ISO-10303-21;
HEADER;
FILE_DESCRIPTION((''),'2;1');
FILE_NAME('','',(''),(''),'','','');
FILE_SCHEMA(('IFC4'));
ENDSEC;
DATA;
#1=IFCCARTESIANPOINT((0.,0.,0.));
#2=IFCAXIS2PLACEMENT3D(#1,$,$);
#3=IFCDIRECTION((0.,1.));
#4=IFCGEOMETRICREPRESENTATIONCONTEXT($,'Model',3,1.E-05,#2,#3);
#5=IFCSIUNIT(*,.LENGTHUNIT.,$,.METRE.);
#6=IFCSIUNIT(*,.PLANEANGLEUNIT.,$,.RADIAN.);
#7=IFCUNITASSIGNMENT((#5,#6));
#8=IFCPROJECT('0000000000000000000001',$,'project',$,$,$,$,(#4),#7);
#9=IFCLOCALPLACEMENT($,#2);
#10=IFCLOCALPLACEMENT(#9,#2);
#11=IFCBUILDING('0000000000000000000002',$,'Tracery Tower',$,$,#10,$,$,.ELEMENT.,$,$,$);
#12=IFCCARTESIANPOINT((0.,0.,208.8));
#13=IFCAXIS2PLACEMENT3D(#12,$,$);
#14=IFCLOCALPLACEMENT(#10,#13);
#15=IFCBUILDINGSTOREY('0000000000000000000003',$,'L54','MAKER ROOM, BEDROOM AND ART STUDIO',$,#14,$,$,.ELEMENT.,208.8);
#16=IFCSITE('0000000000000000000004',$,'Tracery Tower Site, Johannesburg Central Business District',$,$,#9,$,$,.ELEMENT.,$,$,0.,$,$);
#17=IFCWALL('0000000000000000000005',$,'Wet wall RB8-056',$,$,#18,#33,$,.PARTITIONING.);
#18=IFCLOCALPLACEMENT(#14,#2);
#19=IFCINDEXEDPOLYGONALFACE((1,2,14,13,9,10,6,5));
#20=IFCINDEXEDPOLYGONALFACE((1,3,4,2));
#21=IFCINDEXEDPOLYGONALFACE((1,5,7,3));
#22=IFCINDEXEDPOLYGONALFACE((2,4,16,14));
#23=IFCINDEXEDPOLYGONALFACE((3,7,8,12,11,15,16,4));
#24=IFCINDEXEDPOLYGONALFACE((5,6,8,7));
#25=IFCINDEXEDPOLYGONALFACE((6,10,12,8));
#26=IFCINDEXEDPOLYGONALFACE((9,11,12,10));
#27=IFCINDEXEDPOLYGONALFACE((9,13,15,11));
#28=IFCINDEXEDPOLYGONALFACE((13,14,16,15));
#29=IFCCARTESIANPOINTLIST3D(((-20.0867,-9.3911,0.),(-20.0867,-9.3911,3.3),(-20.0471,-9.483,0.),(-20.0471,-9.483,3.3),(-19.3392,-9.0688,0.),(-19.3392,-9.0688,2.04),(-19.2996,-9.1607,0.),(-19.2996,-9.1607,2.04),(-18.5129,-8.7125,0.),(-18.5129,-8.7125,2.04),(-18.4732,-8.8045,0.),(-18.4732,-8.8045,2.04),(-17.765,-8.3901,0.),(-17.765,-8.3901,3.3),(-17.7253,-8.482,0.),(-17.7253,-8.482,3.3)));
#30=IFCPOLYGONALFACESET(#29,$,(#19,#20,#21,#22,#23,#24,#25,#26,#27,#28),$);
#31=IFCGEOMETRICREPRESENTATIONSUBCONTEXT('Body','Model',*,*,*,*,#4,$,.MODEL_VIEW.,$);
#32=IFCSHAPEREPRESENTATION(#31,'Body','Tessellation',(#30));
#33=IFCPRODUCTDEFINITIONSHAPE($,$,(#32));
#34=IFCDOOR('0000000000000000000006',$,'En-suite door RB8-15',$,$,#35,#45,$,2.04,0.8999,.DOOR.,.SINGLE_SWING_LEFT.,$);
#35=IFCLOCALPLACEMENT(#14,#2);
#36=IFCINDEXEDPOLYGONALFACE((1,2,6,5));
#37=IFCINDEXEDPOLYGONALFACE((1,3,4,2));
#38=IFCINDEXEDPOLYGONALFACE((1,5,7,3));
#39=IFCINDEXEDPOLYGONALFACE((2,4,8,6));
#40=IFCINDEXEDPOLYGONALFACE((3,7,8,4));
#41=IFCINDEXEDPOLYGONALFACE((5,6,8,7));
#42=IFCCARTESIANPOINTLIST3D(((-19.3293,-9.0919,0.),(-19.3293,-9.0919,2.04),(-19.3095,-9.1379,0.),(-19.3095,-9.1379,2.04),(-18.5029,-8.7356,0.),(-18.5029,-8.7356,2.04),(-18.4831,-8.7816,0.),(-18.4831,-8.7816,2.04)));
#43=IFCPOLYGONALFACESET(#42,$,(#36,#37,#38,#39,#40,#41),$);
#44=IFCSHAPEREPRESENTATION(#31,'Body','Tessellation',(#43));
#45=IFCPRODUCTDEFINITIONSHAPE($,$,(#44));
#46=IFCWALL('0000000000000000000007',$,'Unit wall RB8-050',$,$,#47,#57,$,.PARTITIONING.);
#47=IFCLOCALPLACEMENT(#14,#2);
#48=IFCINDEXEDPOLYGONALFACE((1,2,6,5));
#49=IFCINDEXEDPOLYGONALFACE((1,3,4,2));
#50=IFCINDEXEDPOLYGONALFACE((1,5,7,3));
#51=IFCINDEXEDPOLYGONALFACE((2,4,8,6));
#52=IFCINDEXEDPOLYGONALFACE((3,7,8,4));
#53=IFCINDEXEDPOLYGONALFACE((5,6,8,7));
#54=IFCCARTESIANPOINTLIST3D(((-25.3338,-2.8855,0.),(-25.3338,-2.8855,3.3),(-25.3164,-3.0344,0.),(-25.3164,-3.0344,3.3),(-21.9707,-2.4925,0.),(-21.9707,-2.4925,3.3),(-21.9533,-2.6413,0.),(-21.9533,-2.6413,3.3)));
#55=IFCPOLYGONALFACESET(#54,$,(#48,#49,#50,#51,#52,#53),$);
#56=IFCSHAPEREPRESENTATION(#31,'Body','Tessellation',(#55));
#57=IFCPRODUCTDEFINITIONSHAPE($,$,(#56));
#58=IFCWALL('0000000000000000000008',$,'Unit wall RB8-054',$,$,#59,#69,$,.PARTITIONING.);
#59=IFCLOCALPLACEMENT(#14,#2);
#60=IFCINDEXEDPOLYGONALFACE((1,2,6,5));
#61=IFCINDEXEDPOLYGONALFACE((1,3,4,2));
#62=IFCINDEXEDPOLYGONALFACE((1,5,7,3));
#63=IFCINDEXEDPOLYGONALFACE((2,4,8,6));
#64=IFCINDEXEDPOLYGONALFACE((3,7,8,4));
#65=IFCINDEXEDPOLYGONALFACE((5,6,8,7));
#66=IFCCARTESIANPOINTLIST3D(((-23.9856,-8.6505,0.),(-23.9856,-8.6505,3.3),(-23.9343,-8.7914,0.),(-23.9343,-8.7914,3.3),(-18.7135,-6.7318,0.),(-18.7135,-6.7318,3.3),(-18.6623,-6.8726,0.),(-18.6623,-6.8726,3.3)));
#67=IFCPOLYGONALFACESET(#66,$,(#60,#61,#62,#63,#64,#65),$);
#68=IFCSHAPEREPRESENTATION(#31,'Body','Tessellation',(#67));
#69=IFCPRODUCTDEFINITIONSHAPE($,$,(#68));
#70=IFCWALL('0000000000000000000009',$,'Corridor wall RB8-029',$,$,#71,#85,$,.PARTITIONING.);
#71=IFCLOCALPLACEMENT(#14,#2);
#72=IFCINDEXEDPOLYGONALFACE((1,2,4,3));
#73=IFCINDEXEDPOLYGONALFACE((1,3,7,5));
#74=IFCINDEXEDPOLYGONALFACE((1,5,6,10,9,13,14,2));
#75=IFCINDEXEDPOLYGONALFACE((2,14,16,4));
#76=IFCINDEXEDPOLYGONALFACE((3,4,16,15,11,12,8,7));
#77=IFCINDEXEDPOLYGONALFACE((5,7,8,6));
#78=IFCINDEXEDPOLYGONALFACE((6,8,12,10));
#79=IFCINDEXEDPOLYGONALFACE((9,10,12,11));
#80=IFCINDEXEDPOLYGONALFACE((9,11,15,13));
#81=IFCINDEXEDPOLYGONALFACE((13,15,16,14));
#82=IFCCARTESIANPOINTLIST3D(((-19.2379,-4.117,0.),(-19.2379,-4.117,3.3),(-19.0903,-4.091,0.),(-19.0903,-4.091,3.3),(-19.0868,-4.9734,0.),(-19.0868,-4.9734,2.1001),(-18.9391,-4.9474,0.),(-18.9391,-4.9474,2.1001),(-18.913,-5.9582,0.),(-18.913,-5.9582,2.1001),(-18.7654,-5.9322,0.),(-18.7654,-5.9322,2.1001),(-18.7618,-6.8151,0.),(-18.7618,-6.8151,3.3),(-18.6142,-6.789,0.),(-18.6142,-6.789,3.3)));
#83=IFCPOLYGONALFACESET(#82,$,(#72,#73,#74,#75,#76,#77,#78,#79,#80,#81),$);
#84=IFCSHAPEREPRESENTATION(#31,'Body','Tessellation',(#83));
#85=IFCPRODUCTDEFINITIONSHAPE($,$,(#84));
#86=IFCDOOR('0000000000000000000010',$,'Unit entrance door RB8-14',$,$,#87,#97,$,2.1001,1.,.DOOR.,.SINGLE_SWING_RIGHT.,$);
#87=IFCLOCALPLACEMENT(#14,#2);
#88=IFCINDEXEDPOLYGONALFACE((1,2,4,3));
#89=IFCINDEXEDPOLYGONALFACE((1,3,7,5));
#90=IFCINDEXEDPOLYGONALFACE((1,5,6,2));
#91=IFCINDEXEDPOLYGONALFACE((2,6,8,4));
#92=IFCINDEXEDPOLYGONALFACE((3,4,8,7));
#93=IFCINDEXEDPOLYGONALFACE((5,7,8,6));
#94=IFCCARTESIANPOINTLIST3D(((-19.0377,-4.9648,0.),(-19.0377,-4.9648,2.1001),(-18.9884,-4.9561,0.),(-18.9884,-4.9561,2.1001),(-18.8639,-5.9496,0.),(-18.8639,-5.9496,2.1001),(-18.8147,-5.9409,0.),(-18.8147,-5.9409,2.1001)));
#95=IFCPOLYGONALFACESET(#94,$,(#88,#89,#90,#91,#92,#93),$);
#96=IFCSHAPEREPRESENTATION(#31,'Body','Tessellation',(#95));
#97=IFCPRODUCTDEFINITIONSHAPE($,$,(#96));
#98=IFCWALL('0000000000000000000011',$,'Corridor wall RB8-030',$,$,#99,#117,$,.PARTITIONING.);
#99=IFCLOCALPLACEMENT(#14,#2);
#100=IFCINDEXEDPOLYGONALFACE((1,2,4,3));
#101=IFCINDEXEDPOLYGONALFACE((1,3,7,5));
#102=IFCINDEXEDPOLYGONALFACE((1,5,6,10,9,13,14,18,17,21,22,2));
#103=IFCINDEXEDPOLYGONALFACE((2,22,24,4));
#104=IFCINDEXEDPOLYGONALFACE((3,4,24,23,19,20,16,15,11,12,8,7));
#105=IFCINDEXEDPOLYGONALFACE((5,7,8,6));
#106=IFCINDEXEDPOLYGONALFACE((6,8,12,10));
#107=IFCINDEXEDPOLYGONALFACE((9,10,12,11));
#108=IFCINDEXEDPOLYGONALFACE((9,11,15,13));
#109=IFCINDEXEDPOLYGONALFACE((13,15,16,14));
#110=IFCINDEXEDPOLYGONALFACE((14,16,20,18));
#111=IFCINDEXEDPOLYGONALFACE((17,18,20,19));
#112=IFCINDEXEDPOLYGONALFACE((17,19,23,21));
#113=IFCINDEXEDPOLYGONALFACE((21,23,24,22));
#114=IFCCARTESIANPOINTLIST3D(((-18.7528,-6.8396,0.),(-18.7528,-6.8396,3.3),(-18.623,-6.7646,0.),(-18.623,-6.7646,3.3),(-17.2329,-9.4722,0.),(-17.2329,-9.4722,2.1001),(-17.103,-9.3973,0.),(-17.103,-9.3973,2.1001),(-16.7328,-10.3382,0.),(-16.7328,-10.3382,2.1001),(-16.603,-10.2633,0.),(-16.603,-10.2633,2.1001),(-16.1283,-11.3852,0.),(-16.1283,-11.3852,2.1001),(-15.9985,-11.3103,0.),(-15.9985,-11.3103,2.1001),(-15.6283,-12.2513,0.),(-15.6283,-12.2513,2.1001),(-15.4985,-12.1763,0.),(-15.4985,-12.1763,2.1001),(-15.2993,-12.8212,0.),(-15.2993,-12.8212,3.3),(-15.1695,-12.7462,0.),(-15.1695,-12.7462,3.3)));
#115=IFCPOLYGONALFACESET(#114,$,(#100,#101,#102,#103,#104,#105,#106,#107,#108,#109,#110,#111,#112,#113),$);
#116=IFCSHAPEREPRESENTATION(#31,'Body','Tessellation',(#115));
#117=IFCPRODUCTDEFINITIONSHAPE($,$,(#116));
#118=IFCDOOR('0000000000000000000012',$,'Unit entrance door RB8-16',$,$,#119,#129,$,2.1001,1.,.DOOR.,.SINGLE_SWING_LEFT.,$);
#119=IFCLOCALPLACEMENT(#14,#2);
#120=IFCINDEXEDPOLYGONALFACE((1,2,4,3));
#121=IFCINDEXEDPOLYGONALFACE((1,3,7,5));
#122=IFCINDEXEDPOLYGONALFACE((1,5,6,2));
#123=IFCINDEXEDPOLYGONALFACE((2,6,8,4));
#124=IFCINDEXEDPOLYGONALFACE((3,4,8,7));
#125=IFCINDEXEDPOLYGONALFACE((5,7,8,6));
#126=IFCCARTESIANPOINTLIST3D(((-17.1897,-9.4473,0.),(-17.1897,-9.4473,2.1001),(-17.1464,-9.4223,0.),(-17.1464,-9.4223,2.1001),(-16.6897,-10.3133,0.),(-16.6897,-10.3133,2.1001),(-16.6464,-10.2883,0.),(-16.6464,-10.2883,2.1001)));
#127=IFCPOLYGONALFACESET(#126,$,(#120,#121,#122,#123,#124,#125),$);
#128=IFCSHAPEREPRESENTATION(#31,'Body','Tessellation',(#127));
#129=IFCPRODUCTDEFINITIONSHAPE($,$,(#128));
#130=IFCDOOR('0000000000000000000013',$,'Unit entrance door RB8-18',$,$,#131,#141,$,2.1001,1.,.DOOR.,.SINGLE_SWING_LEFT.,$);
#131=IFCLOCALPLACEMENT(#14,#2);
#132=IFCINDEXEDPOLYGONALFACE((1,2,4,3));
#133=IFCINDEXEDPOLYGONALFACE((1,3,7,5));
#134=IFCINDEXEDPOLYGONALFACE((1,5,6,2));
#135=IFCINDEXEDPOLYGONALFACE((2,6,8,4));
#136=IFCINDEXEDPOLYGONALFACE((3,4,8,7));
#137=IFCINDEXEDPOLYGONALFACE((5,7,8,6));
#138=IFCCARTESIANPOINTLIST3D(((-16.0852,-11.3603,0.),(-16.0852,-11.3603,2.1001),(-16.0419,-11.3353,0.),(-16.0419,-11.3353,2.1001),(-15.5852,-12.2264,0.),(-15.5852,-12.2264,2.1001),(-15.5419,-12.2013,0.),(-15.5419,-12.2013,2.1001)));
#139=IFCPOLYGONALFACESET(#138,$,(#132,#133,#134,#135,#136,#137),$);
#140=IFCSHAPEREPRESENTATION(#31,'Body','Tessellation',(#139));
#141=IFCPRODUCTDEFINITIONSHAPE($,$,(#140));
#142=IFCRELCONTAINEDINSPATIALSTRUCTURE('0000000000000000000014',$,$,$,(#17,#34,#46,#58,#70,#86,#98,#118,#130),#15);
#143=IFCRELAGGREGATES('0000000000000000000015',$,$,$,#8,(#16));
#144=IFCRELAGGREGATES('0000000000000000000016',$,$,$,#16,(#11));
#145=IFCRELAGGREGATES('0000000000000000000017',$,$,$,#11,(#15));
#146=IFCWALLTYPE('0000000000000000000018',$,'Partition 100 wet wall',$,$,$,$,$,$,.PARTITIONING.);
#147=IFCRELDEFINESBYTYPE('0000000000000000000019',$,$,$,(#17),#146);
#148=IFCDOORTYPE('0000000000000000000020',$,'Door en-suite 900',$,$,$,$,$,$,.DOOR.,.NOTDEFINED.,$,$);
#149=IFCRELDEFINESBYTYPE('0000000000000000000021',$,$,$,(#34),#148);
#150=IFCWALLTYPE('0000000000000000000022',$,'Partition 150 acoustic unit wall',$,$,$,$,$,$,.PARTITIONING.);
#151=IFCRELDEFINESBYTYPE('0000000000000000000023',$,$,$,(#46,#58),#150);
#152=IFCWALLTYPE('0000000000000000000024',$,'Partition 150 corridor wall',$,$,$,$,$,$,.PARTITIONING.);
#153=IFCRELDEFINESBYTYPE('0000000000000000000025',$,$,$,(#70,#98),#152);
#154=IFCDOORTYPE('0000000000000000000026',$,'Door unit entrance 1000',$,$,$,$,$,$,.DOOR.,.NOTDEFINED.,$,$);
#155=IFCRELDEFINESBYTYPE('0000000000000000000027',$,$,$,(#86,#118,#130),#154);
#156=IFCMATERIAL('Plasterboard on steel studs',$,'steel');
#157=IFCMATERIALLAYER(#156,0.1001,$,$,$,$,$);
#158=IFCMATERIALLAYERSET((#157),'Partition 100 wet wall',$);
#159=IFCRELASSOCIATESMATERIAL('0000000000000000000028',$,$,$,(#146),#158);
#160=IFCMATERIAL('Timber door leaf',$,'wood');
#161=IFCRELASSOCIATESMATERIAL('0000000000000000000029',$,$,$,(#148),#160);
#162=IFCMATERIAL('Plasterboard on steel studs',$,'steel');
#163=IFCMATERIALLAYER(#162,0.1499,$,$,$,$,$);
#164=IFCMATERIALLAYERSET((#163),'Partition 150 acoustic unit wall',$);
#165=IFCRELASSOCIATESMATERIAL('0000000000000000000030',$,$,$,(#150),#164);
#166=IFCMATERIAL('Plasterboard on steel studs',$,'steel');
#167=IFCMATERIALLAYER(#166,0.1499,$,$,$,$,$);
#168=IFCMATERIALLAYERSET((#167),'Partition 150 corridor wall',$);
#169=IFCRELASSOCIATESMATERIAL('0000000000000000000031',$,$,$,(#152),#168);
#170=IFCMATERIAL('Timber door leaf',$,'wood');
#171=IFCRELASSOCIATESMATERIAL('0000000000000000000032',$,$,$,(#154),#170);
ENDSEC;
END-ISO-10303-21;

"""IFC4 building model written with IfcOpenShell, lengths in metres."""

from ifc_helpers import new_model, si_unit, direction, frame, frame_2d, origin, place, context, subcontext, project, spatial, rectangle, extrude, material, layer, layer_set, type_object, element, fill, save


model = new_model("IFC4")

# Units and contexts
model_context = context("Model", 3, precision=1e-05, world=origin(), true_north=direction((0.0, 1.0)))
body_context = subcontext(model_context, "Body", "Model", "MODEL_VIEW")
ifc_project = project(units=[si_unit("LENGTHUNIT", "METRE"), si_unit("PLANEANGLEUNIT", "RADIAN")], contexts=[model_context])

# Site, building, storey
site_placement = place(None, origin())
site = spatial("IfcSite", under=ifc_project, at=site_placement, Name="Tracery Tower Site, Johannesburg Central Business District", CompositionType="ELEMENT", RefElevation=0.0)
building_placement = place(site_placement, origin())
building = spatial("IfcBuilding", under=site, at=building_placement, Name="Tracery Tower", CompositionType="ELEMENT")
storey_placement = place(building_placement, frame((0.0, 0.0, 208.8)))
storey = spatial("IfcBuildingStorey", under=building, at=storey_placement, Name="L54", Description="MAKER ROOM, BEDROOM AND ART STUDIO", CompositionType="ELEMENT", Elevation=208.8)

# Shared definitions
ifc_material_1 = material(Name="Plasterboard on steel studs", Category="steel")
ifc_layer_1 = layer(ifc_material_1, 0.1001)
ifc_layer_set_1 = layer_set([ifc_layer_1], Name="Partition 100 wet wall")
wall_type_1 = type_object("IfcWallType", Name="Partition 100 wet wall", PredefinedType="PARTITIONING", material=ifc_layer_set_1)
ifc_material_2 = material(Name="Timber door leaf", Category="wood")
door_type_1 = type_object("IfcDoorType", Name="Door en-suite 900", OperationType="NOTDEFINED", PredefinedType="DOOR", material=ifc_material_2)

# Wall, opening, door
wall_1_placement = place(storey_placement, frame((-20.0669, -9.437, 0.0), z_axis=(0.0, 0.0, 1.0), x_axis=(0.918294, 0.3959, 0.0)))
wall_1 = element("IfcWall", 1, at=wall_1_placement, inside=storey, type_object=wall_type_1, Name="Wet wall RB8-056", PredefinedType="PARTITIONING", context=body_context, shape_type="SweptSolid", body=[
    extrude(rectangle(XDim=2.5283, YDim=0.1001, at=frame_2d((1.2642, 0.0))), origin(), (0.0, 0.0, 1.0), 3.3),
])
opening_1_placement = place(wall_1_placement, frame((0.814, 0.0, 0.0)))
opening_1 = element("IfcOpeningElement", 2, at=opening_1_placement, cuts=wall_1, PredefinedType="OPENING", context=body_context, shape_type="SweptSolid", body=[
    extrude(rectangle(XDim=0.8999, YDim=2.04, at=frame_2d((0.45, 1.02))), frame((0.0, 0.05, 0.0), z_axis=(0.0, -1.0, 0.0), x_axis=(1.0, 0.0, 0.0)), (0.0, 0.0, 1.0), 0.1001),
])
door_1_placement = place(opening_1_placement, origin())
door_1 = element("IfcDoor", 3, at=door_1_placement, inside=storey, type_object=door_type_1, Name="En-suite door RB8-15", OperationType="SINGLE_SWING_LEFT", OverallHeight=2.04, OverallWidth=0.8999, PredefinedType="DOOR", context=body_context, shape_type="SweptSolid", body=[
    extrude(rectangle(XDim=0.8999, YDim=2.04, at=frame_2d((0.45, 1.02))), frame((0.0, 0.0249, 0.0), z_axis=(0.0, -1.0, 0.0), x_axis=(1.0, 0.0, 0.0)), (0.0, 0.0, 1.0), 0.05),
])
fill(opening_1, door_1)

# Walls
ifc_material_3 = material(Name="Plasterboard on steel studs", Category="steel")
ifc_layer_2 = layer(ifc_material_3, 0.1499)
ifc_layer_set_2 = layer_set([ifc_layer_2], Name="Partition 150 acoustic unit wall")
wall_type_2 = type_object("IfcWallType", Name="Partition 150 acoustic unit wall", PredefinedType="PARTITIONING", material=ifc_layer_set_2)
wall_2_placement = place(storey_placement, frame((-25.325, -2.96, 0.0), z_axis=(0.0, 0.0, 1.0), x_axis=(0.993239, 0.116088, 0.0)))
element("IfcWall", 4, at=wall_2_placement, inside=storey, type_object=wall_type_2, Name="Unit wall RB8-050", PredefinedType="PARTITIONING", context=body_context, shape_type="SweptSolid", body=[
    extrude(rectangle(XDim=3.386, YDim=0.1499, at=frame_2d((1.6929, 0.0))), origin(), (0.0, 0.0, 1.0), 3.3),
])
wall_3_placement = place(storey_placement, frame((-23.96, -8.7209, 0.0), z_axis=(0.0, 0.0, 1.0), x_axis=(0.939701, 0.341998, 0.0)))
element("IfcWall", 5, at=wall_3_placement, inside=storey, type_object=wall_type_2, Name="Unit wall RB8-054", PredefinedType="PARTITIONING", context=body_context, shape_type="SweptSolid", body=[
    extrude(rectangle(XDim=5.6104, YDim=0.1499, at=frame_2d((2.8052, 0.0))), origin(), (0.0, 0.0, 1.0), 3.3),
])

# Wall, opening, door
ifc_material_4 = material(Name="Plasterboard on steel studs", Category="steel")
ifc_layer_3 = layer(ifc_material_4, 0.1499)
ifc_layer_set_3 = layer_set([ifc_layer_3], Name="Partition 150 corridor wall")
wall_type_3 = type_object("IfcWallType", Name="Partition 150 corridor wall", PredefinedType="PARTITIONING", material=ifc_layer_set_3)
wall_4_placement = place(storey_placement, frame((-19.1641, -4.104, 0.0), z_axis=(0.0, 0.0, 1.0), x_axis=(0.17377, -0.984786, 0.0)))
wall_4 = element("IfcWall", 6, at=wall_4_placement, inside=storey, type_object=wall_type_3, Name="Corridor wall RB8-029", PredefinedType="PARTITIONING", context=body_context, shape_type="SweptSolid", body=[
    extrude(rectangle(XDim=2.7397, YDim=0.1499, at=frame_2d((1.3699, 0.0))), origin(), (0.0, 0.0, 1.0), 3.3),
])
opening_2_placement = place(wall_4_placement, frame((0.8696, 0.0, 0.0)))
opening_2 = element("IfcOpeningElement", 7, at=opening_2_placement, cuts=wall_4, PredefinedType="OPENING", context=body_context, shape_type="SweptSolid", body=[
    extrude(rectangle(XDim=1.0, YDim=2.1001, at=frame_2d((0.5, 1.05))), frame((0.0, 0.075, 0.0), z_axis=(0.0, -1.0, 0.0), x_axis=(1.0, 0.0, 0.0)), (0.0, 0.0, 1.0), 0.1499),
])
ifc_material_5 = material(Name="Timber door leaf", Category="wood")
door_type_2 = type_object("IfcDoorType", Name="Door unit entrance 1000", OperationType="NOTDEFINED", PredefinedType="DOOR", material=ifc_material_5)
door_2_placement = place(opening_2_placement, origin())
door_2 = element("IfcDoor", 8, at=door_2_placement, inside=storey, type_object=door_type_2, Name="Unit entrance door RB8-14", OperationType="SINGLE_SWING_RIGHT", OverallHeight=2.1001, OverallWidth=1.0, PredefinedType="DOOR", context=body_context, shape_type="SweptSolid", body=[
    extrude(rectangle(XDim=1.0, YDim=2.1001, at=frame_2d((0.5, 1.05))), frame((0.0, 0.0249, 0.0), z_axis=(0.0, -1.0, 0.0), x_axis=(1.0, 0.0, 0.0)), (0.0, 0.0, 1.0), 0.05),
])
fill(opening_2, door_2)

# Wall, openings, doors
wall_5_placement = place(storey_placement, frame((-18.688, -6.802, 0.0), z_axis=(0.0, 0.0, 1.0), x_axis=(0.500009, -0.86602, 0.0)))
wall_5 = element("IfcWall", 9, at=wall_5_placement, inside=storey, type_object=wall_type_3, Name="Corridor wall RB8-030", PredefinedType="PARTITIONING", context=body_context, shape_type="SweptSolid", body=[
    extrude(rectangle(XDim=6.907, YDim=0.1499, at=frame_2d((3.4536, 0.0))), origin(), (0.0, 0.0, 1.0), 3.3),
])
opening_3_placement = place(wall_5_placement, frame((3.04, 0.0, 0.0)))
opening_3 = element("IfcOpeningElement", 10, at=opening_3_placement, cuts=wall_5, PredefinedType="OPENING", context=body_context, shape_type="SweptSolid", body=[
    extrude(rectangle(XDim=1.0, YDim=2.1001, at=frame_2d((0.5, 1.05))), frame((0.0, 0.075, 0.0), z_axis=(0.0, -1.0, 0.0), x_axis=(1.0, 0.0, 0.0)), (0.0, 0.0, 1.0), 0.1499),
])
opening_4_placement = place(wall_5_placement, frame((5.249, 0.0, 0.0)))
opening_4 = element("IfcOpeningElement", 11, at=opening_4_placement, cuts=wall_5, PredefinedType="OPENING", context=body_context, shape_type="SweptSolid", body=[
    extrude(rectangle(XDim=1.0, YDim=2.1001, at=frame_2d((0.5, 1.05))), frame((0.0, 0.075, 0.0), z_axis=(0.0, -1.0, 0.0), x_axis=(1.0, 0.0, 0.0)), (0.0, 0.0, 1.0), 0.1499),
])
door_3_placement = place(opening_3_placement, origin())
door_3 = element("IfcDoor", 12, at=door_3_placement, inside=storey, type_object=door_type_2, Name="Unit entrance door RB8-16", OperationType="SINGLE_SWING_LEFT", OverallHeight=2.1001, OverallWidth=1.0, PredefinedType="DOOR", context=body_context, shape_type="SweptSolid", body=[
    extrude(rectangle(XDim=1.0, YDim=2.1001, at=frame_2d((0.5, 1.05))), frame((0.0, 0.0249, 0.0), z_axis=(0.0, -1.0, 0.0), x_axis=(1.0, 0.0, 0.0)), (0.0, 0.0, 1.0), 0.05),
])
fill(opening_3, door_3)
door_4_placement = place(opening_4_placement, origin())
door_4 = element("IfcDoor", 13, at=door_4_placement, inside=storey, type_object=door_type_2, Name="Unit entrance door RB8-18", OperationType="SINGLE_SWING_LEFT", OverallHeight=2.1001, OverallWidth=1.0, PredefinedType="DOOR", context=body_context, shape_type="SweptSolid", body=[
    extrude(rectangle(XDim=1.0, YDim=2.1001, at=frame_2d((0.5, 1.05))), frame((0.0, 0.0249, 0.0), z_axis=(0.0, -1.0, 0.0), x_axis=(1.0, 0.0, 0.0)), (0.0, 0.0, 1.0), 0.05),
])
fill(opening_4, door_4)

save(model, "model.ifc")
